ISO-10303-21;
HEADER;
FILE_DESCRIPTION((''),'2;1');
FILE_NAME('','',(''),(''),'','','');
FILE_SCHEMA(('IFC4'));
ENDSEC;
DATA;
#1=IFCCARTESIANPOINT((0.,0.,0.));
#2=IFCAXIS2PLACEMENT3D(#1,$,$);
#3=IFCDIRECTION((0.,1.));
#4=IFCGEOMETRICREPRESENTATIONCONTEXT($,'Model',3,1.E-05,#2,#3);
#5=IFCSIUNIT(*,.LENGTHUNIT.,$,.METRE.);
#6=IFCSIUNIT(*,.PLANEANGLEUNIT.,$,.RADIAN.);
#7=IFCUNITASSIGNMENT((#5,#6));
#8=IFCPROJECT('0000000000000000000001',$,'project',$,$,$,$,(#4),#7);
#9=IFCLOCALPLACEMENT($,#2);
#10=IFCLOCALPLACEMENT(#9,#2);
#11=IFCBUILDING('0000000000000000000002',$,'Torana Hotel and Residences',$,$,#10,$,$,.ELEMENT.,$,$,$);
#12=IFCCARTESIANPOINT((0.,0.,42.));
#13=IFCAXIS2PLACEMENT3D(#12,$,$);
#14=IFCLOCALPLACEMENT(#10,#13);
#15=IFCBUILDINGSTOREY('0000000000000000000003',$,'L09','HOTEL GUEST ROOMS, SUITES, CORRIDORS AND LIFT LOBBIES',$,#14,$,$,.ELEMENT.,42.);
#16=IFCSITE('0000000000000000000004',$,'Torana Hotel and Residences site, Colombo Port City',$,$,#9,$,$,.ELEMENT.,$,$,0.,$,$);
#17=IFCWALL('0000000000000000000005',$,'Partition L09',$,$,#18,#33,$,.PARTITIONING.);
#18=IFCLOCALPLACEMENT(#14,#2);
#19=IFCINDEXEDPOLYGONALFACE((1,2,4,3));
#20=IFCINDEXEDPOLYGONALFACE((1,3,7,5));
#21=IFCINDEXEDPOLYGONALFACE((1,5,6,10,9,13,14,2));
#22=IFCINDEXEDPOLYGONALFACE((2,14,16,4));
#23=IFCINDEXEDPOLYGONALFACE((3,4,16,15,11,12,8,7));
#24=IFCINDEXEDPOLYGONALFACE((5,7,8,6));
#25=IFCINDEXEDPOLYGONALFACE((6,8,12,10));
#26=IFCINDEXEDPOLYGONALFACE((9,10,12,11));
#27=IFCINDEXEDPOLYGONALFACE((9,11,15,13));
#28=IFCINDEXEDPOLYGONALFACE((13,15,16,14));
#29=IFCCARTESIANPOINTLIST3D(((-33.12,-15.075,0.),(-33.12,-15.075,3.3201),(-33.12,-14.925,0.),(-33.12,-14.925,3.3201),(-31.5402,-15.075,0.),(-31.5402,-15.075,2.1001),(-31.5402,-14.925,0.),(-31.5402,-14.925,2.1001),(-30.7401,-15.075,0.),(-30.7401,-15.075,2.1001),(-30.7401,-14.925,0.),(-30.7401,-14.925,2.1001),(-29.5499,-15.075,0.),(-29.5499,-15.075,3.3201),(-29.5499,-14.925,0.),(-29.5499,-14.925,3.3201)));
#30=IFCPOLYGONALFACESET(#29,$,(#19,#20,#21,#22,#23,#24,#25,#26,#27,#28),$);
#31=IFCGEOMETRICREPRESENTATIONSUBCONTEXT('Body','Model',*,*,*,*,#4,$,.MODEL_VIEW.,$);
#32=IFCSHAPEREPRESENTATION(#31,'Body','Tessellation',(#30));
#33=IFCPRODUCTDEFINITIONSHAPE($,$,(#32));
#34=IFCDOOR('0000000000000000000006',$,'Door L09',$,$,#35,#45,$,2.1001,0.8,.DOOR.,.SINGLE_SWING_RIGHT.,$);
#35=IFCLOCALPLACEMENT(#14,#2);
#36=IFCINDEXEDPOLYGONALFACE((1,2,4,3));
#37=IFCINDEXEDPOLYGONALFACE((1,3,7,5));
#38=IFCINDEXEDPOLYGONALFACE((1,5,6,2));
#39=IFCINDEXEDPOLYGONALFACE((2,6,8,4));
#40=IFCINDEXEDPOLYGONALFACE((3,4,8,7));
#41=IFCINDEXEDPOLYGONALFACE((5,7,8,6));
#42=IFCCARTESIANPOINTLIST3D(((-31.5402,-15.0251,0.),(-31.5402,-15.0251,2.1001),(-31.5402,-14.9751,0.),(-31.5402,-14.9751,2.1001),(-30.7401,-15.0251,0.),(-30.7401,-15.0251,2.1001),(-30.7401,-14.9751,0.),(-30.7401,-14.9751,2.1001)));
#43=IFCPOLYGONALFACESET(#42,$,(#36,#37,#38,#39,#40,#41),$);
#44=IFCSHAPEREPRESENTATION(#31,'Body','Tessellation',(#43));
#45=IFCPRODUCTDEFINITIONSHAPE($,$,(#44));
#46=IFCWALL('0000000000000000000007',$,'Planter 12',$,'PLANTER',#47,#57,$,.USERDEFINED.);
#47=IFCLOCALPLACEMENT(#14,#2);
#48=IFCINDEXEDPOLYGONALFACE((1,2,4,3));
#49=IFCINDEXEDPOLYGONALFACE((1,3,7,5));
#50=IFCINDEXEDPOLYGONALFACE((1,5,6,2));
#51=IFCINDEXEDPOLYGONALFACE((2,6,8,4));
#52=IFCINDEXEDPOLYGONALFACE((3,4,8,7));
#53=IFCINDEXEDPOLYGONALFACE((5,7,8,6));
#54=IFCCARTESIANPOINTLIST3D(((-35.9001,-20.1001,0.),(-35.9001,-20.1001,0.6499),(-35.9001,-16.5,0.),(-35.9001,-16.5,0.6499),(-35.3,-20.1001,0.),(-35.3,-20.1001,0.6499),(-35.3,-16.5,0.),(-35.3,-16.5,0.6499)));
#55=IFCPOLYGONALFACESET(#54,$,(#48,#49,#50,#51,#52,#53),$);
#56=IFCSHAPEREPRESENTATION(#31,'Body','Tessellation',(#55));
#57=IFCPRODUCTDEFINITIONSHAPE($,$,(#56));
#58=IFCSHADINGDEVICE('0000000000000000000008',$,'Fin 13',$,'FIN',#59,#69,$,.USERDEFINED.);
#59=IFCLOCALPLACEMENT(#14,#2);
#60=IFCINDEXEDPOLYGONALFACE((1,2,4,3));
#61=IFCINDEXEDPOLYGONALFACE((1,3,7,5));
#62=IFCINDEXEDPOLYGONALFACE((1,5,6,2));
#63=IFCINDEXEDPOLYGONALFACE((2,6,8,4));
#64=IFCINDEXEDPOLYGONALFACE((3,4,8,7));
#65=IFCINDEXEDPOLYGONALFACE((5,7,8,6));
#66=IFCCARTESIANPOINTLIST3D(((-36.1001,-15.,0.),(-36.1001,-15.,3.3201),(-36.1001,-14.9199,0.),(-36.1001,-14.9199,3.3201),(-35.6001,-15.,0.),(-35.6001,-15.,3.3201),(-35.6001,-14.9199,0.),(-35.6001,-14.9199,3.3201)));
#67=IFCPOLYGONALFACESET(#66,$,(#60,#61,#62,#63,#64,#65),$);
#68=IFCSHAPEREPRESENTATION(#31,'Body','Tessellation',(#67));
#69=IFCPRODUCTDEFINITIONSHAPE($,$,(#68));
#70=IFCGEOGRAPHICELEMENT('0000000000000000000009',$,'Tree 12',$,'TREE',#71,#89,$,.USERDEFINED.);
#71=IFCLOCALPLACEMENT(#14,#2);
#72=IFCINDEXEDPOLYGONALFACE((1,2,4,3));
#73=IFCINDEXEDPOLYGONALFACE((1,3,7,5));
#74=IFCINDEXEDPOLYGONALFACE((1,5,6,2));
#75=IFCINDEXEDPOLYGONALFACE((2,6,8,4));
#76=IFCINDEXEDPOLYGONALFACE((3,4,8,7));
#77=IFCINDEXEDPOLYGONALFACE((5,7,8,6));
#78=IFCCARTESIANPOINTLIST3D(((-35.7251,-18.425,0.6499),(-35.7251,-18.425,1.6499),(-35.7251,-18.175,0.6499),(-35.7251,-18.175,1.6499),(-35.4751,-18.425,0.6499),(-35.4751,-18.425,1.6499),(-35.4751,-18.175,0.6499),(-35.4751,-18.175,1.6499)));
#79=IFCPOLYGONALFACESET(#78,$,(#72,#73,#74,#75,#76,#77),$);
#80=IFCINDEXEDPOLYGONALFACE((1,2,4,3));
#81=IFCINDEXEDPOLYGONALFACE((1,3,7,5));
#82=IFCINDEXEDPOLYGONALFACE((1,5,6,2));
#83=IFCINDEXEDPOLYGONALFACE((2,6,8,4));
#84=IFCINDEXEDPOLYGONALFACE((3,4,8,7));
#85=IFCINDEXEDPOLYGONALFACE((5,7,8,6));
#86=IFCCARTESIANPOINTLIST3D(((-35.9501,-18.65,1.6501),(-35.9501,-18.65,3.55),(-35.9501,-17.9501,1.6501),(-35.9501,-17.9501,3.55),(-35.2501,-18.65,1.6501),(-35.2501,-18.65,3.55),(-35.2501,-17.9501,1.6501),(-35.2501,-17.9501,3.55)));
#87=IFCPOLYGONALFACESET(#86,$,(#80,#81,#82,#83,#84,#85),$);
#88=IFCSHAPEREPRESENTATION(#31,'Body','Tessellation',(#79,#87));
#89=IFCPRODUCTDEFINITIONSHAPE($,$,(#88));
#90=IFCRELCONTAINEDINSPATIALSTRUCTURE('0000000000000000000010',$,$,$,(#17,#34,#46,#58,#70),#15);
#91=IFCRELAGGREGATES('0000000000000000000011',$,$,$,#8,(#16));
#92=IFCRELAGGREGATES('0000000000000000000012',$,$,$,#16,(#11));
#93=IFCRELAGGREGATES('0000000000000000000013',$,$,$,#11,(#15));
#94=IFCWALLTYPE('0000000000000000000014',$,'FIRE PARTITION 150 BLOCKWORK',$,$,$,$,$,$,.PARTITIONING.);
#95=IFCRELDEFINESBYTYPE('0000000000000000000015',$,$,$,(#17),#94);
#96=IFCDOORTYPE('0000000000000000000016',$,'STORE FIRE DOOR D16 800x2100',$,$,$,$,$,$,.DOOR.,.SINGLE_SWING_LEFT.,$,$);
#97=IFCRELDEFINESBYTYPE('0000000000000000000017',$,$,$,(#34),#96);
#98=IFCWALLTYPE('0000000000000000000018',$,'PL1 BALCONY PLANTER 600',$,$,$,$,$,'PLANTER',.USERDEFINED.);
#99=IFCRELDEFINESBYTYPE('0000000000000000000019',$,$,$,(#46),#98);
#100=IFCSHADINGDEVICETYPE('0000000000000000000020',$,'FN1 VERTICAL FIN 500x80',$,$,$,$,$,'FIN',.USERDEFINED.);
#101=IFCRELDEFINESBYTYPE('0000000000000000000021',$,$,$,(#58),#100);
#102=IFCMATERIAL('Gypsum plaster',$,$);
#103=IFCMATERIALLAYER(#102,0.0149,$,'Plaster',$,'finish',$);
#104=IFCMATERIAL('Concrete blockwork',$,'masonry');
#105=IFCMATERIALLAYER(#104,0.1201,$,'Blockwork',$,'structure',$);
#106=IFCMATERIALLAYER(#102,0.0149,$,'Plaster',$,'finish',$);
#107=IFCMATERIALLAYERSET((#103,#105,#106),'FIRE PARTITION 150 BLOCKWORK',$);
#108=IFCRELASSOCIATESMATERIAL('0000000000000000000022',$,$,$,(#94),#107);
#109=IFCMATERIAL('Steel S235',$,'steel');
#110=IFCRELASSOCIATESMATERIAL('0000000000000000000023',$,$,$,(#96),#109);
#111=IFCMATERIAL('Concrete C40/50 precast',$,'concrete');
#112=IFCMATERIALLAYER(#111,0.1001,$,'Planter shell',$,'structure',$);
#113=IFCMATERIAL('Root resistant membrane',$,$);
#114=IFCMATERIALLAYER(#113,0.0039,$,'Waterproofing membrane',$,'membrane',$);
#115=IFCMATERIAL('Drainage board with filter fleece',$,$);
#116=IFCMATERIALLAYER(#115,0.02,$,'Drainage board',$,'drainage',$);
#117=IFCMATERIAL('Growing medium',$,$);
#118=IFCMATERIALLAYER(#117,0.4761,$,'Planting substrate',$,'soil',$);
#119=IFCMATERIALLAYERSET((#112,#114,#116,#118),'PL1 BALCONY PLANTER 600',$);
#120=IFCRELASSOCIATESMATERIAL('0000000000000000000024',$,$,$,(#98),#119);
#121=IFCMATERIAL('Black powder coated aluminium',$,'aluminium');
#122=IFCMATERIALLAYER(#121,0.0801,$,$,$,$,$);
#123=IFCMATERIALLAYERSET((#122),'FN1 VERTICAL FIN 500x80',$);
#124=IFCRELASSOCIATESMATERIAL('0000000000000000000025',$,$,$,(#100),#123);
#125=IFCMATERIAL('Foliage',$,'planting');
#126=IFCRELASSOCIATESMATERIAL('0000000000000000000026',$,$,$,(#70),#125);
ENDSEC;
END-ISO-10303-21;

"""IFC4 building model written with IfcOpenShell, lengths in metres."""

from ifc_helpers import new_model, si_unit, direction, frame, frame_2d, origin, origin_2d, place, context, subcontext, project, spatial, rectangle, extrude, material, layer, layer_set, type_object, element, fill, save


model = new_model("IFC4")

# Units and contexts
model_context = context("Model", 3, precision=1e-05, world=origin(), true_north=direction((0.0, 1.0)))
body_context = subcontext(model_context, "Body", "Model", "MODEL_VIEW")
ifc_project = project(units=[si_unit("LENGTHUNIT", "METRE"), si_unit("PLANEANGLEUNIT", "RADIAN")], contexts=[model_context])

# Site, building, storey
site_placement = place(None, origin())
site = spatial("IfcSite", under=ifc_project, at=site_placement, Name="Torana Hotel and Residences site, Colombo Port City", CompositionType="ELEMENT", RefElevation=0.0)
building_placement = place(site_placement, origin())
building = spatial("IfcBuilding", under=site, at=building_placement, Name="Torana Hotel and Residences", CompositionType="ELEMENT")
storey_placement = place(building_placement, frame((0.0, 0.0, 42.0)))
storey = spatial("IfcBuildingStorey", under=building, at=storey_placement, Name="L09", Description="HOTEL GUEST ROOMS, SUITES, CORRIDORS AND LIFT LOBBIES", CompositionType="ELEMENT", Elevation=42.0)

# Shared definitions
ifc_material_1 = material(Name="Gypsum plaster")
ifc_layer_1 = layer(ifc_material_1, 0.0149, Name="Plaster", Category="finish")
ifc_material_2 = material(Name="Concrete blockwork", Category="masonry")
ifc_layer_2 = layer(ifc_material_2, 0.1201, Name="Blockwork", Category="structure")
ifc_layer_3 = layer(ifc_material_1, 0.0149, Name="Plaster", Category="finish")
ifc_layer_set_1 = layer_set([ifc_layer_1, ifc_layer_2, ifc_layer_3], Name="FIRE PARTITION 150 BLOCKWORK")
wall_type_1 = type_object("IfcWallType", Name="FIRE PARTITION 150 BLOCKWORK", PredefinedType="PARTITIONING", material=ifc_layer_set_1)

# Wall, opening, door
wall_1_placement = place(storey_placement, frame((-33.1201, -15.0, 0.0), z_axis=(0.0, 0.0, 1.0), x_axis=(1.0, 0.0, 0.0)))
wall_1 = element("IfcWall", 1, at=wall_1_placement, inside=storey, type_object=wall_type_1, Name="Partition L09", PredefinedType="PARTITIONING", context=body_context, shape_type="SweptSolid", body=[
    extrude(rectangle(XDim=3.5701, YDim=0.1499, at=frame_2d((1.7852, 0.0))), origin(), (0.0, 0.0, 1.0), 3.3201),
])
opening_1_placement = place(wall_1_placement, frame((1.5801, 0.0, 0.0)))
opening_1 = element("IfcOpeningElement", 2, at=opening_1_placement, cuts=wall_1, PredefinedType="OPENING", context=body_context, shape_type="SweptSolid", body=[
    extrude(rectangle(XDim=0.8, YDim=2.1001, at=frame_2d((0.3999, 1.05))), frame((0.0, 0.085, 0.0), z_axis=(0.0, -1.0, 0.0), x_axis=(1.0, 0.0, 0.0)), (0.0, 0.0, 1.0), 0.1699),
])
ifc_material_3 = material(Name="Steel S235", Category="steel")
door_type_1 = type_object("IfcDoorType", Name="STORE FIRE DOOR D16 800x2100", OperationType="SINGLE_SWING_LEFT", PredefinedType="DOOR", material=ifc_material_3)
door_1_placement = place(opening_1_placement, origin())
door_1 = element("IfcDoor", 3, at=door_1_placement, inside=storey, type_object=door_type_1, Name="Door L09", OperationType="SINGLE_SWING_RIGHT", OverallHeight=2.1001, OverallWidth=0.8, PredefinedType="DOOR", context=body_context, shape_type="SweptSolid", body=[
    extrude(rectangle(XDim=0.8, YDim=2.1001, at=frame_2d((0.3999, 1.05))), frame((0.0, 0.0249, 0.0), z_axis=(0.0, -1.0, 0.0), x_axis=(1.0, 0.0, 0.0)), (0.0, 0.0, 1.0), 0.05),
])
fill(opening_1, door_1)

# Wall
ifc_material_4 = material(Name="Concrete C40/50 precast", Category="concrete")
ifc_layer_4 = layer(ifc_material_4, 0.1001, Name="Planter shell", Category="structure")
ifc_material_5 = material(Name="Root resistant membrane")
ifc_layer_5 = layer(ifc_material_5, 0.0039, Name="Waterproofing membrane", Category="membrane")
ifc_material_6 = material(Name="Drainage board with filter fleece")
ifc_layer_6 = layer(ifc_material_6, 0.02, Name="Drainage board", Category="drainage")
ifc_material_7 = material(Name="Growing medium")
ifc_layer_7 = layer(ifc_material_7, 0.4761, Name="Planting substrate", Category="soil")
ifc_layer_set_2 = layer_set([ifc_layer_4, ifc_layer_5, ifc_layer_6, ifc_layer_7], Name="PL1 BALCONY PLANTER 600")
wall_type_2 = type_object("IfcWallType", Name="PL1 BALCONY PLANTER 600", ElementType="PLANTER", PredefinedType="USERDEFINED", material=ifc_layer_set_2)
wall_2_placement = place(storey_placement, frame((-35.6001, -20.1001, 0.0), z_axis=(0.0, 0.0, 1.0), x_axis=(0.0, 1.0, 0.0)))
element("IfcWall", 4, at=wall_2_placement, inside=storey, type_object=wall_type_2, Name="Planter 12", ObjectType="PLANTER", PredefinedType="USERDEFINED", context=body_context, shape_type="SweptSolid", body=[
    extrude(rectangle(XDim=3.6001, YDim=0.6001, at=frame_2d((1.8, 0.0))), origin(), (0.0, 0.0, 1.0), 0.6499),
])

# Shading device
ifc_material_8 = material(Name="Black powder coated aluminium", Category="aluminium")
ifc_layer_8 = layer(ifc_material_8, 0.0801)
ifc_layer_set_3 = layer_set([ifc_layer_8], Name="FN1 VERTICAL FIN 500x80")
shading_device_type = type_object("IfcShadingDeviceType", Name="FN1 VERTICAL FIN 500x80", ElementType="FIN", PredefinedType="USERDEFINED", material=ifc_layer_set_3)
shading_device_placement = place(storey_placement, frame((-35.8501, -14.96, 0.0), z_axis=(0.0, 0.0, 1.0), x_axis=(0.0, 1.0, 0.0)))
element("IfcShadingDevice", 5, at=shading_device_placement, inside=storey, type_object=shading_device_type, Name="Fin 13", ObjectType="FIN", PredefinedType="USERDEFINED", context=body_context, shape_type="SweptSolid", body=[
    extrude(rectangle(XDim=0.0801, YDim=0.5, at=origin_2d()), origin(), (0.0, 0.0, 1.0), 3.3201),
])

# Geographic element
ifc_material_9 = material(Name="Foliage", Category="planting")
geographic_element_placement = place(storey_placement, frame((-35.6001, -18.3, 0.6499), z_axis=(0.0, 0.0, 1.0), x_axis=(1.0, 0.0, 0.0)))
element("IfcGeographicElement", 6, at=geographic_element_placement, inside=storey, material=ifc_material_9, Name="Tree 12", ObjectType="TREE", PredefinedType="USERDEFINED", context=body_context, shape_type="SweptSolid", body=[
    extrude(rectangle(XDim=0.25, YDim=0.25, at=origin_2d()), origin(), (0.0, 0.0, 1.0), 1.0),
    extrude(rectangle(XDim=0.7, YDim=0.7, at=origin_2d()), frame((0.0, 0.0, 1.0002)), (0.0, 0.0, 1.0), 1.8999),
])

save(model, "model.ifc")
